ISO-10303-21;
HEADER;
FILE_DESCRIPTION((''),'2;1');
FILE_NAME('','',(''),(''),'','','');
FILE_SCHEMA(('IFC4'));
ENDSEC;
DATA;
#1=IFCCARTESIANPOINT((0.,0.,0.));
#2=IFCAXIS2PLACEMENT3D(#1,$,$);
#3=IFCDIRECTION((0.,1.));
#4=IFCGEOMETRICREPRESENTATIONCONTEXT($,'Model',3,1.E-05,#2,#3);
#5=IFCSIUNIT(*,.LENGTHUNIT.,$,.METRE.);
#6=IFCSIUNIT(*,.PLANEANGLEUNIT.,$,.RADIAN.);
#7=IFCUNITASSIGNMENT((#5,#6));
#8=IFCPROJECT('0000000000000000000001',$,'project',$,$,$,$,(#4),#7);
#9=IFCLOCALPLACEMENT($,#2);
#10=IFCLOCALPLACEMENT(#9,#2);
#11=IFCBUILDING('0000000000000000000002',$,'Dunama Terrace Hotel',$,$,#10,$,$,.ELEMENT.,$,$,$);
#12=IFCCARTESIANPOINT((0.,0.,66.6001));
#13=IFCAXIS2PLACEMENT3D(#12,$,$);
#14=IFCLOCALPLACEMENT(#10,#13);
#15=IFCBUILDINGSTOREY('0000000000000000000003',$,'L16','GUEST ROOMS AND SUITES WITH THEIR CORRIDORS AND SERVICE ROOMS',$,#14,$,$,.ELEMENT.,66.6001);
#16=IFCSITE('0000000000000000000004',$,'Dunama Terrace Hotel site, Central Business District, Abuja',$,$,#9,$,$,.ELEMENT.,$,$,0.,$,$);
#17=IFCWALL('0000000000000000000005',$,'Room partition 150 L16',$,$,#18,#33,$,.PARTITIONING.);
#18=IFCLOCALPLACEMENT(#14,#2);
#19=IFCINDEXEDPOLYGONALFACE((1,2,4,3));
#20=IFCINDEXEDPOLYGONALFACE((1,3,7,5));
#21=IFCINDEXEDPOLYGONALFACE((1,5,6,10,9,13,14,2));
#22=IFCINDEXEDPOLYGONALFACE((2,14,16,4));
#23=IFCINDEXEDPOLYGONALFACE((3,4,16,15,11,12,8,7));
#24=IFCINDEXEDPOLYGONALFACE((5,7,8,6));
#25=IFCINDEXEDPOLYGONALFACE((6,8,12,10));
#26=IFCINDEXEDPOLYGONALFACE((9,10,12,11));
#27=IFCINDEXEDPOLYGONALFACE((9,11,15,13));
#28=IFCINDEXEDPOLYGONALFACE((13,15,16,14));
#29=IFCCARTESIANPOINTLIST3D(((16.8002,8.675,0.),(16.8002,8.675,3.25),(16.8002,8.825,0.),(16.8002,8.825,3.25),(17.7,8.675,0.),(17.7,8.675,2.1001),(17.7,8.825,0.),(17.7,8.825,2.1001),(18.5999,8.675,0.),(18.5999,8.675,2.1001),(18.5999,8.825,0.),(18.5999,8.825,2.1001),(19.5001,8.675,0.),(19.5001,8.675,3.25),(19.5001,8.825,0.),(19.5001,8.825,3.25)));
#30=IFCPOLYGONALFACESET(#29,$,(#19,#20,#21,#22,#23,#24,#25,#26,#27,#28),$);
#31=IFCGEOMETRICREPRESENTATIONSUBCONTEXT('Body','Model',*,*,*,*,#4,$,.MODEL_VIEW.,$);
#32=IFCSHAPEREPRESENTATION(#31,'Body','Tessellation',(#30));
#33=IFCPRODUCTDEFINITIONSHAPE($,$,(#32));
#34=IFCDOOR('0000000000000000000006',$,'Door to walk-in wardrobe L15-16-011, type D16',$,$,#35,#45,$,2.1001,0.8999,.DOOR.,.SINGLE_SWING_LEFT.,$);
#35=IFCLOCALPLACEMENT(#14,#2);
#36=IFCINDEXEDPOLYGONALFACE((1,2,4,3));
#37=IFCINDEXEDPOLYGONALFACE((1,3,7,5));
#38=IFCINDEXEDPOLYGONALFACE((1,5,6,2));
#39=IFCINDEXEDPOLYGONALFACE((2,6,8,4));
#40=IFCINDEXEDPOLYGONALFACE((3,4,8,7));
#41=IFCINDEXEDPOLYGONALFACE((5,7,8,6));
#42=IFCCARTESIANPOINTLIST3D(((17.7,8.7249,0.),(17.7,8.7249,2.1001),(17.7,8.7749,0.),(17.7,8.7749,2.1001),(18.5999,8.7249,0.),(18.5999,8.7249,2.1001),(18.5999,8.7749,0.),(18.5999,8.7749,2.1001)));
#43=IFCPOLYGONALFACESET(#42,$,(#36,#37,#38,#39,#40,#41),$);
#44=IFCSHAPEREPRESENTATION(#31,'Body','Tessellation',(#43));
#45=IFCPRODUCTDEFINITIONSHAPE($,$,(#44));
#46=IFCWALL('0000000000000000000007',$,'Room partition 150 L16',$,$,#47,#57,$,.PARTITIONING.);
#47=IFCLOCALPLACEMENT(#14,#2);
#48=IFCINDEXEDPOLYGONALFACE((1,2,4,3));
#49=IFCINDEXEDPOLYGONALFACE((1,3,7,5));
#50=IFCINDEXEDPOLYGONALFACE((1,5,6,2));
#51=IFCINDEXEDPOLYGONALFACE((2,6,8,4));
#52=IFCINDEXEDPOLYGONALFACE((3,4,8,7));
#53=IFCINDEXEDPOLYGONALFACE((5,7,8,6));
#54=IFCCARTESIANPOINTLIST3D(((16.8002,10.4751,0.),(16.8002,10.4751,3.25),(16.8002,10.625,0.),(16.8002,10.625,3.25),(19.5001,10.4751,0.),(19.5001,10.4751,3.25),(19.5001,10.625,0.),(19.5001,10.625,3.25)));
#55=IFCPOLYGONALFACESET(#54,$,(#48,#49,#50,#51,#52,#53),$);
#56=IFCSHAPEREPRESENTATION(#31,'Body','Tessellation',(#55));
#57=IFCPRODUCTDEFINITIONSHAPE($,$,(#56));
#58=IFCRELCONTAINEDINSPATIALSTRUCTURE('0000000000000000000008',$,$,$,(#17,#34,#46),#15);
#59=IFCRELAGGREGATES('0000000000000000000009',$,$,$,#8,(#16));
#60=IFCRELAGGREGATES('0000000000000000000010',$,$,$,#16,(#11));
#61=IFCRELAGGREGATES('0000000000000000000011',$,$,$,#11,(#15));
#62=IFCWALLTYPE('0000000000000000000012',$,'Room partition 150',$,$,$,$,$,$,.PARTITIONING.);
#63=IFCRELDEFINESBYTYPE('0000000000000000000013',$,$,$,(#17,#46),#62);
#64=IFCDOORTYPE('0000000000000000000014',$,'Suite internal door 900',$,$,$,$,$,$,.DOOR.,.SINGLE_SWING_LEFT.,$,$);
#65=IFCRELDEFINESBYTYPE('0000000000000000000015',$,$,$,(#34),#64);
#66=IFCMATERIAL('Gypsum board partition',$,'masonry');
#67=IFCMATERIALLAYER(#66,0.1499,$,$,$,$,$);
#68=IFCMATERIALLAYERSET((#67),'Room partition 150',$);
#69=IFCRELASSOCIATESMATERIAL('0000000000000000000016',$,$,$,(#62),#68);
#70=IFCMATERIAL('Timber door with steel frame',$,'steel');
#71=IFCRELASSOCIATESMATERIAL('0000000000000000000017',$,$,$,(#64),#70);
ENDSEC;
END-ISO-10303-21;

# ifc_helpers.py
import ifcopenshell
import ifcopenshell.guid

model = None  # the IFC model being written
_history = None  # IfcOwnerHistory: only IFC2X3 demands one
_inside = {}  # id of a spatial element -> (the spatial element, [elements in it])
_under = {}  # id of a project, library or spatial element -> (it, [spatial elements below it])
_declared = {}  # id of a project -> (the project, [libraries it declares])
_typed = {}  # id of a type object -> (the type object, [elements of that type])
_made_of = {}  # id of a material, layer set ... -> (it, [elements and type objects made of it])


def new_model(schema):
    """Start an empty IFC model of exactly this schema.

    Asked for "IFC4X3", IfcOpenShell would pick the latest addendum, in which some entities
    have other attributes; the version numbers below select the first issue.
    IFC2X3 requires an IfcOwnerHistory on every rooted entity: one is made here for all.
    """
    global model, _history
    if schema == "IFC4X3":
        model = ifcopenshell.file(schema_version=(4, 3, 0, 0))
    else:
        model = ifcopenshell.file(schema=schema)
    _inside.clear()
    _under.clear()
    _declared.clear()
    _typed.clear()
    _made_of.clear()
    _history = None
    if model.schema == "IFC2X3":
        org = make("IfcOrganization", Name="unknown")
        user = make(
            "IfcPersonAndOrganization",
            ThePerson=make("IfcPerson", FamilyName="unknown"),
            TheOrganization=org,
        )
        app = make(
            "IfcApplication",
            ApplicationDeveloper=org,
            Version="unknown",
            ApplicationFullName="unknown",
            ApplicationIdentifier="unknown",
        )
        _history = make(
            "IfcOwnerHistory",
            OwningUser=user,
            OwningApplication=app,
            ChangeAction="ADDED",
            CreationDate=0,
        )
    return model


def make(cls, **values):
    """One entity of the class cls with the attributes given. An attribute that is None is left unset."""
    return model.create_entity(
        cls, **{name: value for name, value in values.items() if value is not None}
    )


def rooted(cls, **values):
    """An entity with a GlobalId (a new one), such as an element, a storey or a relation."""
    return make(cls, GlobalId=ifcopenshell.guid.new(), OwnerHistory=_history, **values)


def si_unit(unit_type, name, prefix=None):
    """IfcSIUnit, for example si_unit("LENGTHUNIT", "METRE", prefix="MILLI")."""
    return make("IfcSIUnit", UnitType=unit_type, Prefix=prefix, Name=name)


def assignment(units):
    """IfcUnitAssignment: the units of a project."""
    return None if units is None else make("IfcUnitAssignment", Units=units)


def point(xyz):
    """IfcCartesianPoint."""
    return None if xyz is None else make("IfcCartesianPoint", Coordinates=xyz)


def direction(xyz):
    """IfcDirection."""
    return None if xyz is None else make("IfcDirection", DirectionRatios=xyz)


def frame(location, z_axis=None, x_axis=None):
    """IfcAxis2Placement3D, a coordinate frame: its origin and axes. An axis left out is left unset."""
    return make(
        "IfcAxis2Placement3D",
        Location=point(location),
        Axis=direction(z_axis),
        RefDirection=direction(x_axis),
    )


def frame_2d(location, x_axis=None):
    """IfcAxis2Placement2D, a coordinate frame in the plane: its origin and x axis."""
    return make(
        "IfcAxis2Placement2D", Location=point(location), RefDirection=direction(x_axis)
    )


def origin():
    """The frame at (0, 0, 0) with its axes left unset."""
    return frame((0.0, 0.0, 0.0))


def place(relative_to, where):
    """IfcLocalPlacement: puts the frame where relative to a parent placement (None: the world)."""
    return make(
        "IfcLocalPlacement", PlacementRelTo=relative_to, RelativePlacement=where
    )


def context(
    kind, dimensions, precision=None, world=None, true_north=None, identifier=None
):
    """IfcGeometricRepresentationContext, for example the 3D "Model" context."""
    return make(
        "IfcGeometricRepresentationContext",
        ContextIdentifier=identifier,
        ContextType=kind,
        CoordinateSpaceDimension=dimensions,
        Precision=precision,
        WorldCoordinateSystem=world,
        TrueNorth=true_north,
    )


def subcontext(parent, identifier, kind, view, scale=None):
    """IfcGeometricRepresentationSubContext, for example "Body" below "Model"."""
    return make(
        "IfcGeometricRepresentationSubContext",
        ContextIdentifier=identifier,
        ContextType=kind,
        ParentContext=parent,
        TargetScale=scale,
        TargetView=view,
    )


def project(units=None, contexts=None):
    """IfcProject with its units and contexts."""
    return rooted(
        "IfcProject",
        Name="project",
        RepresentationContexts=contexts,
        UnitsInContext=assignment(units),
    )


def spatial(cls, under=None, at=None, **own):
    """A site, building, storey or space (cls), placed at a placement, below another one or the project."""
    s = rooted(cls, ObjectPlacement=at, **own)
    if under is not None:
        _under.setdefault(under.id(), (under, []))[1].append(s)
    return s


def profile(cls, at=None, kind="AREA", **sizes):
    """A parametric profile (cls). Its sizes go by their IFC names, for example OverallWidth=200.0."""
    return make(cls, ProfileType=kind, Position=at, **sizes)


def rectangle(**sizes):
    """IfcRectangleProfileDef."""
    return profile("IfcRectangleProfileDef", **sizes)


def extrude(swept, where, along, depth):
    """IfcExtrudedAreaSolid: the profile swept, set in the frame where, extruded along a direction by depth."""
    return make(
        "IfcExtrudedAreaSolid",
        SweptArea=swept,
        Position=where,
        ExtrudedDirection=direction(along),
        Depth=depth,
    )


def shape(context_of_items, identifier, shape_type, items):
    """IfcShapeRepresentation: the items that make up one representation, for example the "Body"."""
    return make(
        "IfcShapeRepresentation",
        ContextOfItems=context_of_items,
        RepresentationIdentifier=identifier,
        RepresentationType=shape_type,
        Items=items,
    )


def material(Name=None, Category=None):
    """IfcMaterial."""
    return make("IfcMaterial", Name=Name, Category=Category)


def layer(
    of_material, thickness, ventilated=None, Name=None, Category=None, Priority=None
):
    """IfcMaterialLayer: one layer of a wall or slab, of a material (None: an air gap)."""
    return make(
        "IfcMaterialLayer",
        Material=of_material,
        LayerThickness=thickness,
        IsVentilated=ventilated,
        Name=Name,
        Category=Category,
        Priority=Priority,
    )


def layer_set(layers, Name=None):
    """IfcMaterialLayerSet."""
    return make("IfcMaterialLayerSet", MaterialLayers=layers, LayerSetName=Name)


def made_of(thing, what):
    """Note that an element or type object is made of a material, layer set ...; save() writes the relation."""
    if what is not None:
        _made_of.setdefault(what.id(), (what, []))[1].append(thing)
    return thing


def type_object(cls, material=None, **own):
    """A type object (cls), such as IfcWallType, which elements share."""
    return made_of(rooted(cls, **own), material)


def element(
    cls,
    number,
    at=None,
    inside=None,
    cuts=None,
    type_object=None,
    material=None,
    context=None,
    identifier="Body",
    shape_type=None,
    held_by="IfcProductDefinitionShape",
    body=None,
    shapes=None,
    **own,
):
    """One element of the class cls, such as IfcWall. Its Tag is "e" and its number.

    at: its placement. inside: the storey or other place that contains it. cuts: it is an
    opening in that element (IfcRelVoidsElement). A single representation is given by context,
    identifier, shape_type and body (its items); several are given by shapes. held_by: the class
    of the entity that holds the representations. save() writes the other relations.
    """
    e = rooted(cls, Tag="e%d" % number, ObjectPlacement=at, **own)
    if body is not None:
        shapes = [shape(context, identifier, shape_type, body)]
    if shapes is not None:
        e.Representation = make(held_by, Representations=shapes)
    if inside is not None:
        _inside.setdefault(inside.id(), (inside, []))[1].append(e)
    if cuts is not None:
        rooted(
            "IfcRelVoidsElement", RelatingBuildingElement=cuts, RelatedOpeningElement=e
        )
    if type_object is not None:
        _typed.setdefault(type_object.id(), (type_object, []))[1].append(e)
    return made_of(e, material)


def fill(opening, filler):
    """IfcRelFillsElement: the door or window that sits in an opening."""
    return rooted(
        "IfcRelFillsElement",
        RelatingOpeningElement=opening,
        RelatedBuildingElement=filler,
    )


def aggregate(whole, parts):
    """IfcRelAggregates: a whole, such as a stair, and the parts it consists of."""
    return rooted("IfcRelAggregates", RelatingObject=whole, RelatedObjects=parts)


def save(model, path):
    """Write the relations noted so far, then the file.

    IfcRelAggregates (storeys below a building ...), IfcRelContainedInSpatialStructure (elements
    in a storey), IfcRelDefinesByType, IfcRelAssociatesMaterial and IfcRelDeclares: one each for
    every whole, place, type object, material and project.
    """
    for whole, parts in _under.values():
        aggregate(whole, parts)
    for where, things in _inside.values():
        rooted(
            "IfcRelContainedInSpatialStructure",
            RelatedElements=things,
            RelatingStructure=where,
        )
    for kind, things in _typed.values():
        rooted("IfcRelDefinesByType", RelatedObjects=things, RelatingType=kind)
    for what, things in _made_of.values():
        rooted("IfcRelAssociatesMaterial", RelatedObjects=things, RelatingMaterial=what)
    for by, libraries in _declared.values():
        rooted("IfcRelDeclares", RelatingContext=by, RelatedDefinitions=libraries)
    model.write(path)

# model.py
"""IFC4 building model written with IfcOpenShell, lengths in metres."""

from ifc_helpers import new_model, si_unit, direction, frame, frame_2d, origin, place, context, subcontext, project, spatial, rectangle, extrude, material, layer, layer_set, type_object, element, fill, save


model = new_model("IFC4")

# Units and contexts
model_context = context("Model", 3, precision=1e-05, world=origin(), true_north=direction((0.0, 1.0)))
body_context = subcontext(model_context, "Body", "Model", "MODEL_VIEW")
ifc_project = project(units=[si_unit("LENGTHUNIT", "METRE"), si_unit("PLANEANGLEUNIT", "RADIAN")], contexts=[model_context])

# Site, building, storey
site_placement = place(None, origin())
site = spatial("IfcSite", under=ifc_project, at=site_placement, Name="Dunama Terrace Hotel site, Central Business District, Abuja", CompositionType="ELEMENT", RefElevation=0.0)
building_placement = place(site_placement, origin())
building = spatial("IfcBuilding", under=site, at=building_placement, Name="Dunama Terrace Hotel", CompositionType="ELEMENT")
storey_placement = place(building_placement, frame((0.0, 0.0, 66.6001)))
storey = spatial("IfcBuildingStorey", under=building, at=storey_placement, Name="L16", Description="GUEST ROOMS AND SUITES WITH THEIR CORRIDORS AND SERVICE ROOMS", CompositionType="ELEMENT", Elevation=66.6001)

# Shared definitions
ifc_material_1 = material(Name="Gypsum board partition", Category="masonry")
ifc_layer_1 = layer(ifc_material_1, 0.1499)
ifc_layer_set_1 = layer_set([ifc_layer_1], Name="Room partition 150")
wall_type_1 = type_object("IfcWallType", Name="Room partition 150", PredefinedType="PARTITIONING", material=ifc_layer_set_1)

# Wall, opening, door
wall_1_placement = place(storey_placement, frame((16.8, 8.75, 0.0), z_axis=(0.0, 0.0, 1.0), x_axis=(1.0, 0.0, 0.0)))
wall_1 = element("IfcWall", 1, at=wall_1_placement, inside=storey, type_object=wall_type_1, Name="Room partition 150 L16", PredefinedType="PARTITIONING", context=body_context, shape_type="SweptSolid", body=[
    extrude(rectangle(XDim=2.7, YDim=0.1499, at=frame_2d((1.3501, 0.0))), origin(), (0.0, 0.0, 1.0), 3.25),
])
opening_1_placement = place(wall_1_placement, frame((0.8999, 0.0, 0.0)))
opening_1 = element("IfcOpeningElement", 2, at=opening_1_placement, cuts=wall_1, PredefinedType="OPENING", context=body_context, shape_type="SweptSolid", body=[
    extrude(rectangle(XDim=0.8999, YDim=2.1001, at=frame_2d((0.45, 1.05))), frame((0.0, 0.085, 0.0), z_axis=(0.0, -1.0, 0.0), x_axis=(1.0, 0.0, 0.0)), (0.0, 0.0, 1.0), 0.1699),
])
ifc_material_2 = material(Name="Timber door with steel frame", Category="steel")
door_type_1 = type_object("IfcDoorType", Name="Suite internal door 900", OperationType="SINGLE_SWING_LEFT", PredefinedType="DOOR", material=ifc_material_2)
door_1_placement = place(opening_1_placement, origin())
door_1 = element("IfcDoor", 3, at=door_1_placement, inside=storey, type_object=door_type_1, Name="Door to walk-in wardrobe L15-16-011, type D16", OperationType="SINGLE_SWING_LEFT", OverallHeight=2.1001, OverallWidth=0.8999, PredefinedType="DOOR", context=body_context, shape_type="SweptSolid", body=[
    extrude(rectangle(XDim=0.8999, YDim=2.1001, at=frame_2d((0.45, 1.05))), frame((0.0, 0.0249, 0.0), z_axis=(0.0, -1.0, 0.0), x_axis=(1.0, 0.0, 0.0)), (0.0, 0.0, 1.0), 0.05),
])
fill(opening_1, door_1)

# Wall
wall_2_placement = place(storey_placement, frame((16.8, 10.55, 0.0), z_axis=(0.0, 0.0, 1.0), x_axis=(1.0, 0.0, 0.0)))
element("IfcWall", 4, at=wall_2_placement, inside=storey, type_object=wall_type_1, Name="Room partition 150 L16", PredefinedType="PARTITIONING", context=body_context, shape_type="SweptSolid", body=[
    extrude(rectangle(XDim=2.7, YDim=0.1499, at=frame_2d((1.3501, 0.0))), origin(), (0.0, 0.0, 1.0), 3.25),
])

save(model, "model.ifc")
